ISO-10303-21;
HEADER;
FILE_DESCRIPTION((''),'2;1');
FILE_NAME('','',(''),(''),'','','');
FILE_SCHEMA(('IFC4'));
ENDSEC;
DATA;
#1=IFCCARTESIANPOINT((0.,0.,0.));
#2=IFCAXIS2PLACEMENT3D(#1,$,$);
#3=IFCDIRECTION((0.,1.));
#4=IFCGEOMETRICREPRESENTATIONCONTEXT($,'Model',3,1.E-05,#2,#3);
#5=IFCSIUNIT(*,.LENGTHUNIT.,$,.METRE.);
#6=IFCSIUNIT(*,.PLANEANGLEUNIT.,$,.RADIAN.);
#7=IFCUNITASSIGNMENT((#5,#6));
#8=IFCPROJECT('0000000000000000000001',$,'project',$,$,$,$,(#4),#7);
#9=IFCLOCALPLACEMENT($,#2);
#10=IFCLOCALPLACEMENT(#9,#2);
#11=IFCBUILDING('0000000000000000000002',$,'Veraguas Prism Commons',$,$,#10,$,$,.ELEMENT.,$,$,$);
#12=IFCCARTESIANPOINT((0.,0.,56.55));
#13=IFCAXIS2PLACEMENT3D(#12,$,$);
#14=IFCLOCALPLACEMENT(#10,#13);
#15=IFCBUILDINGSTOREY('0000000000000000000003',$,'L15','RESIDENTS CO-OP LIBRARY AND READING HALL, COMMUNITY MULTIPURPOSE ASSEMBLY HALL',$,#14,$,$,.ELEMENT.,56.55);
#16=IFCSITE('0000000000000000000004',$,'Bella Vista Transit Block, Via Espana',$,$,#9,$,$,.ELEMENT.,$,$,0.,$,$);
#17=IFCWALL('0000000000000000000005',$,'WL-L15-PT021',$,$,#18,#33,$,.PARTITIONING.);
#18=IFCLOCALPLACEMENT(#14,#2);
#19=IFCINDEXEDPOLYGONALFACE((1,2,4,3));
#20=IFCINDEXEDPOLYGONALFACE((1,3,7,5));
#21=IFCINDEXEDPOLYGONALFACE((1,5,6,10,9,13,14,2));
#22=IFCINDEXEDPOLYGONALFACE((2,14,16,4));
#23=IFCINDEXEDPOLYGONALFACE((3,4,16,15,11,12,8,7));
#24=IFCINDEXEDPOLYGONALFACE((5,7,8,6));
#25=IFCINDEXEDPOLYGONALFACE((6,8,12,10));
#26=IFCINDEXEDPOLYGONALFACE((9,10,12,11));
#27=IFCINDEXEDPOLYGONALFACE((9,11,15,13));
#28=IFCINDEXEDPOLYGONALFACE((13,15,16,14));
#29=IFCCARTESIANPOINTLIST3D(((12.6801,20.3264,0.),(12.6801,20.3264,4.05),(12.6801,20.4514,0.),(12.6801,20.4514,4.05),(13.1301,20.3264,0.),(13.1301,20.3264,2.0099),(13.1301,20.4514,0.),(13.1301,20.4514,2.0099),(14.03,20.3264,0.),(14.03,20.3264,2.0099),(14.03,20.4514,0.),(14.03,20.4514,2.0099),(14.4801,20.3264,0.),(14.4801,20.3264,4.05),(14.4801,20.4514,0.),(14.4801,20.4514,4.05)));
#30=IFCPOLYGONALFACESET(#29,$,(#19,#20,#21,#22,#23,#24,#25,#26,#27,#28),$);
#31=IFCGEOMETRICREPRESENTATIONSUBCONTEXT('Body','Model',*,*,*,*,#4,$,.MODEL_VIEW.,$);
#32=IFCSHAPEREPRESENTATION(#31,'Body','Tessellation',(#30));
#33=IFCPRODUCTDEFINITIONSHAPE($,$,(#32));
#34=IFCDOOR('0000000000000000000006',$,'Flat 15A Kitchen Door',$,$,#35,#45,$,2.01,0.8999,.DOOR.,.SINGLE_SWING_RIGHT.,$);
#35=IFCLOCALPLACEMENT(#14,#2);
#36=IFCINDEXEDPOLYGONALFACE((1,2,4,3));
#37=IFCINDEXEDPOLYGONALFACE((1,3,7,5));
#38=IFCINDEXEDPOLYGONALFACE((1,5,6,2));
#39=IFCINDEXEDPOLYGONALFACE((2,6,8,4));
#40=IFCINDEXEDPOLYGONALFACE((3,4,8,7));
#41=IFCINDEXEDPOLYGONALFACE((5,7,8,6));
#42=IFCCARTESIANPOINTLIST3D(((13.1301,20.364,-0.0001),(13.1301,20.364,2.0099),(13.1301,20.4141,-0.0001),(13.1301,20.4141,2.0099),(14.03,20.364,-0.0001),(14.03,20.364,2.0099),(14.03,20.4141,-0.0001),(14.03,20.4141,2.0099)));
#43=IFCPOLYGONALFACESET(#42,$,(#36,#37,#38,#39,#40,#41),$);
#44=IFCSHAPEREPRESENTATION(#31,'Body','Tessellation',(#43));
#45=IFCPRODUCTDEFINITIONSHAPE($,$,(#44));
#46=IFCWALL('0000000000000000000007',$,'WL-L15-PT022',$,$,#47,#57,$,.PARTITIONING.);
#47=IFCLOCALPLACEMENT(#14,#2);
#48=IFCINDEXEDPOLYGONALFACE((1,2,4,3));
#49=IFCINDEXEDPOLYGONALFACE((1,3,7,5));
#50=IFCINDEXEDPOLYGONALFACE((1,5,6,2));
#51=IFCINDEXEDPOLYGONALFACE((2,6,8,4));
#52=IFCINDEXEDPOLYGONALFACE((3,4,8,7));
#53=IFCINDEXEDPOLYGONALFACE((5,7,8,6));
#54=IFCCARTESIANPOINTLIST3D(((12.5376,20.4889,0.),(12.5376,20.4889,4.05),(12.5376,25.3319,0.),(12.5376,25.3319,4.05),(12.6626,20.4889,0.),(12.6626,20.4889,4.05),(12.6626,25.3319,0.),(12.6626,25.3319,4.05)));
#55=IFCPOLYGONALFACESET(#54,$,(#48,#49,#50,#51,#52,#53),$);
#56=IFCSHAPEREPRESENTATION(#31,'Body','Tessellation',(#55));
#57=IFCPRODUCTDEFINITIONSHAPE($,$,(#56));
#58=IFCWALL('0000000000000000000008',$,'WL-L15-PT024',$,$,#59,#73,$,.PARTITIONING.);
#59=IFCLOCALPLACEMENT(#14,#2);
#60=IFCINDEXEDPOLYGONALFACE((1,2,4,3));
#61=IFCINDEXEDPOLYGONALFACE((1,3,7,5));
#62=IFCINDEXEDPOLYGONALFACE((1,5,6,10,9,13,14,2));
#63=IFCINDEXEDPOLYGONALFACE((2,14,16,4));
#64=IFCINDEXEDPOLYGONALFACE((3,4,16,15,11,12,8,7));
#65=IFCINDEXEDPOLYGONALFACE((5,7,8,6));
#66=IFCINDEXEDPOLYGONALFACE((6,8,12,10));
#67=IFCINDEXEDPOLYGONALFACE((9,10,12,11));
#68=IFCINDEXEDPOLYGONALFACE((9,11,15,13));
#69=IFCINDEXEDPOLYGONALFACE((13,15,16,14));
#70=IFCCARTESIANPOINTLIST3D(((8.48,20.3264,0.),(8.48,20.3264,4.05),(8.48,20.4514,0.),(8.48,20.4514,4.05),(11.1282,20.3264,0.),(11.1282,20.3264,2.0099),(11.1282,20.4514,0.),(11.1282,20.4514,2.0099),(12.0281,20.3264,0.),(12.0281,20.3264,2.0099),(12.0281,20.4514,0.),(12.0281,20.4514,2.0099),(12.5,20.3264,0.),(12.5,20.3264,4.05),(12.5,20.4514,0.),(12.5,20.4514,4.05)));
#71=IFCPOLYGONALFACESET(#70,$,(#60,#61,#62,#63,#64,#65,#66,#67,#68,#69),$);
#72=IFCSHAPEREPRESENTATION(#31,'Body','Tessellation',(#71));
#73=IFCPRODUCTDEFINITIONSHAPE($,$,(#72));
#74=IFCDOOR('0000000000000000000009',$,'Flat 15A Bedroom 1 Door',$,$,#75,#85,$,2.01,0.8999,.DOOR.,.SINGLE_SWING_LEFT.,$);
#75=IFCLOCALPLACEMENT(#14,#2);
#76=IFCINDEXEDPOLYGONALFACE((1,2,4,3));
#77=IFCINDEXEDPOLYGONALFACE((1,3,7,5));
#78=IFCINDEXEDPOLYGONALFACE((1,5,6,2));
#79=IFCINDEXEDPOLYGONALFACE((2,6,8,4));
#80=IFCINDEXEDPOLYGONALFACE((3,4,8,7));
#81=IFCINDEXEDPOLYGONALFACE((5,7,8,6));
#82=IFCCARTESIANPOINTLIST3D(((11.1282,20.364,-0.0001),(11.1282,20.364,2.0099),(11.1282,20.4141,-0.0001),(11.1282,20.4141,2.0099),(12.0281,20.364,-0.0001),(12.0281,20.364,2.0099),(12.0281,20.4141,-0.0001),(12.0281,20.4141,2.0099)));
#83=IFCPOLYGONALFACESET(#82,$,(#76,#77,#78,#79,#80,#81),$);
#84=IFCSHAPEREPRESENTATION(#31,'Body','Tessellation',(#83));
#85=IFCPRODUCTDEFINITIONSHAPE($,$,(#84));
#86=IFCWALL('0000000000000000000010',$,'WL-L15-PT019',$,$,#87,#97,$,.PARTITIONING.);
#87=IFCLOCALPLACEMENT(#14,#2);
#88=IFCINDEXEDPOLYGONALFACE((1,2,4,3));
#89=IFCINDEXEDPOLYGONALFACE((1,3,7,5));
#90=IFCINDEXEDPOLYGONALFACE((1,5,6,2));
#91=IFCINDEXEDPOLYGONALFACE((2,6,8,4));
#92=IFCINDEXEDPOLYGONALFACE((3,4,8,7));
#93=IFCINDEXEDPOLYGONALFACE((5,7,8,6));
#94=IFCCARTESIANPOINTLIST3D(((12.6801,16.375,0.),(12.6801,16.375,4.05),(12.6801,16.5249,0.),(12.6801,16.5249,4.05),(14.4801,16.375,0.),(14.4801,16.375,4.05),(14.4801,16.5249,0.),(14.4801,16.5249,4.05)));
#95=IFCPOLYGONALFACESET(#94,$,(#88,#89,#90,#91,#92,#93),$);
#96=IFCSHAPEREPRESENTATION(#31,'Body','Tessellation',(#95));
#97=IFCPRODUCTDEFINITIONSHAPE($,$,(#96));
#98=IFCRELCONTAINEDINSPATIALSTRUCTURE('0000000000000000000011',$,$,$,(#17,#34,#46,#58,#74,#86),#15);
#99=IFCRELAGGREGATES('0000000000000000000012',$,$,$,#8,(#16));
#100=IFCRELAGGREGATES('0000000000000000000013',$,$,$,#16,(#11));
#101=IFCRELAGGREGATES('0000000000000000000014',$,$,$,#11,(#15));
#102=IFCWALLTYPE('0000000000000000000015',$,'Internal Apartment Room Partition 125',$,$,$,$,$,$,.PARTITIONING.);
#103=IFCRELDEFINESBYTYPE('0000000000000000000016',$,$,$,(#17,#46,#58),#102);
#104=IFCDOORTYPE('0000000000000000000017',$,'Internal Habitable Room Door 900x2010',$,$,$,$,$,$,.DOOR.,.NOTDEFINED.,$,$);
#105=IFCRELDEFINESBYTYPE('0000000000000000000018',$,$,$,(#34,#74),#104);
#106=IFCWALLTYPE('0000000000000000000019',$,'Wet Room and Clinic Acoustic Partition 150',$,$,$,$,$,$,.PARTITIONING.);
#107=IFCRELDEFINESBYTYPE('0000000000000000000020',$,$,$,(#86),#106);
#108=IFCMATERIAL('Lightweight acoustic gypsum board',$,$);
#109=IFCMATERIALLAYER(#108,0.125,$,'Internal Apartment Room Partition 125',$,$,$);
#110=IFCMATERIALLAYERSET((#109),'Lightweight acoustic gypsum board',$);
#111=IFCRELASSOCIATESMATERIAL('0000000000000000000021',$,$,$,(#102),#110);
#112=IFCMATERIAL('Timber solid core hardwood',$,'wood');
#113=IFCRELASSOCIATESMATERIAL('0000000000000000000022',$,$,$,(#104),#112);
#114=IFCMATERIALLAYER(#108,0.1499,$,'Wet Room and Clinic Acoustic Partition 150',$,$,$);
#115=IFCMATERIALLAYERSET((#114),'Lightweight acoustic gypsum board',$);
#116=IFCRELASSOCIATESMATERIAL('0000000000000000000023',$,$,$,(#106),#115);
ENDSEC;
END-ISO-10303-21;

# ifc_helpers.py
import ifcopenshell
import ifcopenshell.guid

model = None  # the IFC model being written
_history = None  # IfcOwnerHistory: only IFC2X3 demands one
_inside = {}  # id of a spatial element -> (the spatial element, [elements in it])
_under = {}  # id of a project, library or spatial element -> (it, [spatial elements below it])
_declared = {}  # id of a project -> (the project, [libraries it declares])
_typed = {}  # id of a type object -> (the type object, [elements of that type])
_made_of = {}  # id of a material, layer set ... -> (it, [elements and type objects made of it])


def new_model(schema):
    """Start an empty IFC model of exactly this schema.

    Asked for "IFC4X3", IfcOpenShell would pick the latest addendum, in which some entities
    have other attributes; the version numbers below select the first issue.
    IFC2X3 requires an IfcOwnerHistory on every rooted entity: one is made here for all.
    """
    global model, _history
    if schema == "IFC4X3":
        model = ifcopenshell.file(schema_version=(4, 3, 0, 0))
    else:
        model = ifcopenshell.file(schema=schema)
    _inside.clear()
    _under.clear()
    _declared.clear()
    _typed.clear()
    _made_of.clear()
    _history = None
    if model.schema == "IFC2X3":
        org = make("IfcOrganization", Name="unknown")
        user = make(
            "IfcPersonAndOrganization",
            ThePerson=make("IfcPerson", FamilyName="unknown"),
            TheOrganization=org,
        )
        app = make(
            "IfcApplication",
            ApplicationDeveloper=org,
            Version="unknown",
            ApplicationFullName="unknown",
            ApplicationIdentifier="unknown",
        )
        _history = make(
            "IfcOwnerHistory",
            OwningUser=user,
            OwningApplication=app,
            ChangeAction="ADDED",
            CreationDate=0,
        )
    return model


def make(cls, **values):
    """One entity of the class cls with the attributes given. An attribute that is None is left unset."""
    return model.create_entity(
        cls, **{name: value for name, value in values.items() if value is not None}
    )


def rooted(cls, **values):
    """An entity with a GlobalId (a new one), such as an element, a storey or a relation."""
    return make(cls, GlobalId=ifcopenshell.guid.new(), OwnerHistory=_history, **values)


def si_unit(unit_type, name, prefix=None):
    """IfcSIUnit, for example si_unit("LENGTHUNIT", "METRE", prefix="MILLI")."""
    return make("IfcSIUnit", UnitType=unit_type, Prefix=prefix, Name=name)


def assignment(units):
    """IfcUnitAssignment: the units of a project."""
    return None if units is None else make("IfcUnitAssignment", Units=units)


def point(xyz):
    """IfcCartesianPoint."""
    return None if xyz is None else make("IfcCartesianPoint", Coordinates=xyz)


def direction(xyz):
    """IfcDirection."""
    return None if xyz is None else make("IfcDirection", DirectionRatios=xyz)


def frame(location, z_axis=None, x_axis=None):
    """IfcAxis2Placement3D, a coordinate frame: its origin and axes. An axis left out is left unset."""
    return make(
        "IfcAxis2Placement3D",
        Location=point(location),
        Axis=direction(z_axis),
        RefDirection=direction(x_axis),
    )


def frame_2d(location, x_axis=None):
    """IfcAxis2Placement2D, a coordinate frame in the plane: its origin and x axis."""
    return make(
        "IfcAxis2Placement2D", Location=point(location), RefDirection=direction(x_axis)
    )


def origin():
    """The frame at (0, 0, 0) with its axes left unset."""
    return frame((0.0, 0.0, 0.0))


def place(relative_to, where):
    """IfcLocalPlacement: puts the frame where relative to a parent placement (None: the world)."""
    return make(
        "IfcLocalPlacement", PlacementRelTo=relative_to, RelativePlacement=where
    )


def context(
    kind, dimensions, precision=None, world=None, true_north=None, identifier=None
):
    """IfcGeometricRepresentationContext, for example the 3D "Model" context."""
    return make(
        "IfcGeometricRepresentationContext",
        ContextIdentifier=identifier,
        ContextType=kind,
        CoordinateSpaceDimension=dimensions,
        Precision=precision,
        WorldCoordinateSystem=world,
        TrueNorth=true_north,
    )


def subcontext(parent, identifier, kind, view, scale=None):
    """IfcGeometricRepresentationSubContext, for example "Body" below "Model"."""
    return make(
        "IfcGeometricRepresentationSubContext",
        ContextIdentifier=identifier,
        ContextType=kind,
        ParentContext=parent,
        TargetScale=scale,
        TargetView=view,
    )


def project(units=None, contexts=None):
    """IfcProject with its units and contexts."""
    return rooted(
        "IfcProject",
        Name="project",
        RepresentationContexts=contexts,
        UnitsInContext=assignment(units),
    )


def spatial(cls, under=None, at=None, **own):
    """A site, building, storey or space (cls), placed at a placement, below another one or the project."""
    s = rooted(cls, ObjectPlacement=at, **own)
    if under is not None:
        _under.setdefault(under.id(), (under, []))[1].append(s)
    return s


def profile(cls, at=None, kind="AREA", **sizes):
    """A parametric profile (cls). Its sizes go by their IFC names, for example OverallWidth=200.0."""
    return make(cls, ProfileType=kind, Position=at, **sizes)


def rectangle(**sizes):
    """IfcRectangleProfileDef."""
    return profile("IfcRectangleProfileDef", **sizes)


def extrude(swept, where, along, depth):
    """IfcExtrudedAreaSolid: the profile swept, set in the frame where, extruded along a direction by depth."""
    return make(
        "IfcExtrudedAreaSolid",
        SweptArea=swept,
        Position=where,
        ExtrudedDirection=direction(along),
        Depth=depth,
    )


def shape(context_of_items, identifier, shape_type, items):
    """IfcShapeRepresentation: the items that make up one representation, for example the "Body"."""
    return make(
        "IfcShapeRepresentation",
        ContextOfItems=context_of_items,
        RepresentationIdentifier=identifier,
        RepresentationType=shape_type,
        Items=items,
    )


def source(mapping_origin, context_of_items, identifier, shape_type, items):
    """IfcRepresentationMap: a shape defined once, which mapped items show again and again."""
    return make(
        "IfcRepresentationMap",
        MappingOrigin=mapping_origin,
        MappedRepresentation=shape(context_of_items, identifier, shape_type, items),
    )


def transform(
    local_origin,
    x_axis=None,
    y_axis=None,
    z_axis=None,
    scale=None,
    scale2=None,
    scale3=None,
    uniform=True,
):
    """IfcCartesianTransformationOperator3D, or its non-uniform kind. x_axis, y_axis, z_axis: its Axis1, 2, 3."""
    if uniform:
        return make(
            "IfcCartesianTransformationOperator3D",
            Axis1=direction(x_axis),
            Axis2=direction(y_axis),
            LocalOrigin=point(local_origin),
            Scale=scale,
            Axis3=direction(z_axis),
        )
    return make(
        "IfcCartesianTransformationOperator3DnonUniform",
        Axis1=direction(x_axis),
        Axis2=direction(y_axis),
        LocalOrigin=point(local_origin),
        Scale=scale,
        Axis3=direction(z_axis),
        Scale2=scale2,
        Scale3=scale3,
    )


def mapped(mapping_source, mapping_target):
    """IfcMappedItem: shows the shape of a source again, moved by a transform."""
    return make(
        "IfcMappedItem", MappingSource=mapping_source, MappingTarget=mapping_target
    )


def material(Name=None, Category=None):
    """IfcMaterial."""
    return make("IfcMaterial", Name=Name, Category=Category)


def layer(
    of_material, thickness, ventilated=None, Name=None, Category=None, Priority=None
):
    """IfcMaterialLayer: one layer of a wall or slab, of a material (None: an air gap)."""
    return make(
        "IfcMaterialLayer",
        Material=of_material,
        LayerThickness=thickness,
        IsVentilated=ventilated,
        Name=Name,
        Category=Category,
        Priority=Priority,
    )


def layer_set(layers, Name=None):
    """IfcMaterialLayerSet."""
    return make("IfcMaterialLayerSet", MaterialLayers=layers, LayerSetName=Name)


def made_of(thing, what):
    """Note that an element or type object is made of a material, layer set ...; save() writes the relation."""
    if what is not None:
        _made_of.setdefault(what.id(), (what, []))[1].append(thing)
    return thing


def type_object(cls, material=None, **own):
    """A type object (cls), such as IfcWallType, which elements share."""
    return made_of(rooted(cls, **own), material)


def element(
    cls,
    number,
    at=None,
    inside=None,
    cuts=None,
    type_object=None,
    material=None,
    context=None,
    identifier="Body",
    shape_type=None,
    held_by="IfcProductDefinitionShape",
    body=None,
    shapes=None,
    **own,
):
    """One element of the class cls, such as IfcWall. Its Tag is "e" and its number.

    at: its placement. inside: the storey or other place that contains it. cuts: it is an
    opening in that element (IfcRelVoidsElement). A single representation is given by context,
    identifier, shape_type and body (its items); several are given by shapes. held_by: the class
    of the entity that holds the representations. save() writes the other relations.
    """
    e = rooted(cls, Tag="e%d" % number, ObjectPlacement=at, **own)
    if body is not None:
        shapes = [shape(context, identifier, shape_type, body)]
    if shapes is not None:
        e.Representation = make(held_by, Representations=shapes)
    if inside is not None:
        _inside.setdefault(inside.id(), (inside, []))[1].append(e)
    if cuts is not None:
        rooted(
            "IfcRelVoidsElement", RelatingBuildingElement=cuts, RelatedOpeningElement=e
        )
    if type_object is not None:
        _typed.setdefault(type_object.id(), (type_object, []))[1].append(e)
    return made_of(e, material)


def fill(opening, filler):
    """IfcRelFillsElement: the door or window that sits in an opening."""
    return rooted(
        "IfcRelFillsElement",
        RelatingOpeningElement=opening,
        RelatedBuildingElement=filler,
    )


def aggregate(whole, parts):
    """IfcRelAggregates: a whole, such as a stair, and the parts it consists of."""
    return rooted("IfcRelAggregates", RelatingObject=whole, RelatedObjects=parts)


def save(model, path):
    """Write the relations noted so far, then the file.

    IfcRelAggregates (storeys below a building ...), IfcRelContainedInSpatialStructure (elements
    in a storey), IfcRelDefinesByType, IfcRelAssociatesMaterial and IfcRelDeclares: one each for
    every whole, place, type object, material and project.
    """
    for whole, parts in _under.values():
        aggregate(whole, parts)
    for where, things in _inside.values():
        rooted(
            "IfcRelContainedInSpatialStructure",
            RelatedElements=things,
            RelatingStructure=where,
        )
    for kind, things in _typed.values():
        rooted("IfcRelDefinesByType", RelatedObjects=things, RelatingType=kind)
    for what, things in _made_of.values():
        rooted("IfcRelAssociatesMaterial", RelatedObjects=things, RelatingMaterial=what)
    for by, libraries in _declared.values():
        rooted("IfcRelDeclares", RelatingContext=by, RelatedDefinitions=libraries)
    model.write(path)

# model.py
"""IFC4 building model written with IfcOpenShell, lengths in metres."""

from ifc_helpers import new_model, si_unit, direction, frame, frame_2d, origin, place, context, subcontext, project, spatial, rectangle, extrude, source, transform, mapped, material, layer, layer_set, type_object, element, fill, save


model = new_model("IFC4")

# Units and contexts
model_context = context("Model", 3, precision=1e-05, world=origin(), true_north=direction((0.0, 1.0)))
body_context = subcontext(model_context, "Body", "Model", "MODEL_VIEW")
ifc_project = project(units=[si_unit("LENGTHUNIT", "METRE"), si_unit("PLANEANGLEUNIT", "RADIAN")], contexts=[model_context])

# Site, building, storey
site_placement = place(None, origin())
site = spatial("IfcSite", under=ifc_project, at=site_placement, Name="Bella Vista Transit Block, Via Espana", CompositionType="ELEMENT", RefElevation=0.0)
building_placement = place(site_placement, origin())
building = spatial("IfcBuilding", under=site, at=building_placement, Name="Veraguas Prism Commons", CompositionType="ELEMENT")
storey_placement = place(building_placement, frame((0.0, 0.0, 56.55)))
storey = spatial("IfcBuildingStorey", under=building, at=storey_placement, Name="L15", Description="RESIDENTS CO-OP LIBRARY AND READING HALL, COMMUNITY MULTIPURPOSE ASSEMBLY HALL", CompositionType="ELEMENT", Elevation=56.55)

# Wall, opening, door
shared_shape_1 = source(origin(), body_context, "Body", "SweptSolid", [
    extrude(rectangle(XDim=0.8999, YDim=2.01, at=frame_2d((0.45, 1.0049))), frame((0.0, 0.0249, 0.0), z_axis=(0.0, -1.0, 0.0), x_axis=(1.0, 0.0, 0.0)), (0.0, 0.0, 1.0), 0.05),
])
ifc_material_1 = material(Name="Lightweight acoustic gypsum board")
ifc_layer_1 = layer(ifc_material_1, 0.125, Name="Internal Apartment Room Partition 125")
ifc_layer_set_1 = layer_set([ifc_layer_1], Name="Lightweight acoustic gypsum board")
wall_type_1 = type_object("IfcWallType", Name="Internal Apartment Room Partition 125", PredefinedType="PARTITIONING", material=ifc_layer_set_1)
wall_1_placement = place(storey_placement, frame((14.48, 20.3889, 0.0), z_axis=(0.0, 0.0, 1.0), x_axis=(-1.0, 0.0, 0.0)))
wall_1 = element("IfcWall", 1, at=wall_1_placement, inside=storey, type_object=wall_type_1, Name="WL-L15-PT021", PredefinedType="PARTITIONING", context=body_context, shape_type="SweptSolid", body=[
    extrude(rectangle(XDim=1.8, YDim=0.125, at=frame_2d((0.8999, 0.0))), origin(), (0.0, 0.0, 1.0), 4.05),
])
opening_1_placement = place(wall_1_placement, frame((0.45, 0.0, 0.0)))
opening_1 = element("IfcOpeningElement", 2, at=opening_1_placement, cuts=wall_1, PredefinedType="OPENING", context=body_context, shape_type="SweptSolid", body=[
    extrude(rectangle(XDim=0.8999, YDim=2.01, at=frame_2d((0.45, 1.0049))), frame((0.0, 0.0725, 0.0), z_axis=(0.0, -1.0, 0.0), x_axis=(1.0, 0.0, 0.0)), (0.0, 0.0, 1.0), 0.145),
])
ifc_material_2 = material(Name="Timber solid core hardwood", Category="wood")
door_type_1 = type_object("IfcDoorType", Name="Internal Habitable Room Door 900x2010", OperationType="NOTDEFINED", PredefinedType="DOOR", material=ifc_material_2)
door_1_placement = place(opening_1_placement, origin())
door_1 = element("IfcDoor", 3, at=door_1_placement, inside=storey, type_object=door_type_1, Name="Flat 15A Kitchen Door", OperationType="SINGLE_SWING_RIGHT", OverallHeight=2.01, OverallWidth=0.8999, PredefinedType="DOOR", context=body_context, shape_type="MappedRepresentation", body=[
    mapped(shared_shape_1, transform((0.0, 0.0, 0.0), scale=1.0)),
])
fill(opening_1, door_1)

# Wall
wall_2_placement = place(storey_placement, frame((12.6001, 20.489, 0.0), z_axis=(0.0, 0.0, 1.0), x_axis=(0.0, 1.0, 0.0)))
element("IfcWall", 4, at=wall_2_placement, inside=storey, type_object=wall_type_1, Name="WL-L15-PT022", PredefinedType="PARTITIONING", context=body_context, shape_type="SweptSolid", body=[
    extrude(rectangle(XDim=4.843, YDim=0.125, at=frame_2d((2.4214, 0.0))), origin(), (0.0, 0.0, 1.0), 4.05),
])

# Wall, opening, door
wall_3_placement = place(storey_placement, frame((12.5, 20.3889, 0.0), z_axis=(0.0, 0.0, 1.0), x_axis=(-1.0, 0.0, 0.0)))
wall_3 = element("IfcWall", 5, at=wall_3_placement, inside=storey, type_object=wall_type_1, Name="WL-L15-PT024", PredefinedType="PARTITIONING", context=body_context, shape_type="SweptSolid", body=[
    extrude(rectangle(XDim=4.02, YDim=0.125, at=frame_2d((2.01, 0.0))), origin(), (0.0, 0.0, 1.0), 4.05),
])
opening_2_placement = place(wall_3_placement, frame((0.4719, 0.0, 0.0)))
opening_2 = element("IfcOpeningElement", 6, at=opening_2_placement, cuts=wall_3, PredefinedType="OPENING", context=body_context, shape_type="SweptSolid", body=[
    extrude(rectangle(XDim=0.8999, YDim=2.01, at=frame_2d((0.45, 1.0049))), frame((0.0, 0.0725, 0.0), z_axis=(0.0, -1.0, 0.0), x_axis=(1.0, 0.0, 0.0)), (0.0, 0.0, 1.0), 0.145),
])
door_2_placement = place(opening_2_placement, origin())
door_2 = element("IfcDoor", 7, at=door_2_placement, inside=storey, type_object=door_type_1, Name="Flat 15A Bedroom 1 Door", OperationType="SINGLE_SWING_LEFT", OverallHeight=2.01, OverallWidth=0.8999, PredefinedType="DOOR", context=body_context, shape_type="MappedRepresentation", body=[
    mapped(shared_shape_1, transform((0.0, 0.0, 0.0), scale=1.0)),
])
fill(opening_2, door_2)

# Wall
ifc_layer_2 = layer(ifc_material_1, 0.1499, Name="Wet Room and Clinic Acoustic Partition 150")
ifc_layer_set_2 = layer_set([ifc_layer_2], Name="Lightweight acoustic gypsum board")
wall_type_2 = type_object("IfcWallType", Name="Wet Room and Clinic Acoustic Partition 150", PredefinedType="PARTITIONING", material=ifc_layer_set_2)
wall_4_placement = place(storey_placement, frame((14.48, 16.45, 0.0), z_axis=(0.0, 0.0, 1.0), x_axis=(-1.0, 0.0, 0.0)))
element("IfcWall", 8, at=wall_4_placement, inside=storey, type_object=wall_type_2, Name="WL-L15-PT019", PredefinedType="PARTITIONING", context=body_context, shape_type="SweptSolid", body=[
    extrude(rectangle(XDim=1.8, YDim=0.1499, at=frame_2d((0.8999, 0.0))), origin(), (0.0, 0.0, 1.0), 4.05),
])

save(model, "model.ifc")
